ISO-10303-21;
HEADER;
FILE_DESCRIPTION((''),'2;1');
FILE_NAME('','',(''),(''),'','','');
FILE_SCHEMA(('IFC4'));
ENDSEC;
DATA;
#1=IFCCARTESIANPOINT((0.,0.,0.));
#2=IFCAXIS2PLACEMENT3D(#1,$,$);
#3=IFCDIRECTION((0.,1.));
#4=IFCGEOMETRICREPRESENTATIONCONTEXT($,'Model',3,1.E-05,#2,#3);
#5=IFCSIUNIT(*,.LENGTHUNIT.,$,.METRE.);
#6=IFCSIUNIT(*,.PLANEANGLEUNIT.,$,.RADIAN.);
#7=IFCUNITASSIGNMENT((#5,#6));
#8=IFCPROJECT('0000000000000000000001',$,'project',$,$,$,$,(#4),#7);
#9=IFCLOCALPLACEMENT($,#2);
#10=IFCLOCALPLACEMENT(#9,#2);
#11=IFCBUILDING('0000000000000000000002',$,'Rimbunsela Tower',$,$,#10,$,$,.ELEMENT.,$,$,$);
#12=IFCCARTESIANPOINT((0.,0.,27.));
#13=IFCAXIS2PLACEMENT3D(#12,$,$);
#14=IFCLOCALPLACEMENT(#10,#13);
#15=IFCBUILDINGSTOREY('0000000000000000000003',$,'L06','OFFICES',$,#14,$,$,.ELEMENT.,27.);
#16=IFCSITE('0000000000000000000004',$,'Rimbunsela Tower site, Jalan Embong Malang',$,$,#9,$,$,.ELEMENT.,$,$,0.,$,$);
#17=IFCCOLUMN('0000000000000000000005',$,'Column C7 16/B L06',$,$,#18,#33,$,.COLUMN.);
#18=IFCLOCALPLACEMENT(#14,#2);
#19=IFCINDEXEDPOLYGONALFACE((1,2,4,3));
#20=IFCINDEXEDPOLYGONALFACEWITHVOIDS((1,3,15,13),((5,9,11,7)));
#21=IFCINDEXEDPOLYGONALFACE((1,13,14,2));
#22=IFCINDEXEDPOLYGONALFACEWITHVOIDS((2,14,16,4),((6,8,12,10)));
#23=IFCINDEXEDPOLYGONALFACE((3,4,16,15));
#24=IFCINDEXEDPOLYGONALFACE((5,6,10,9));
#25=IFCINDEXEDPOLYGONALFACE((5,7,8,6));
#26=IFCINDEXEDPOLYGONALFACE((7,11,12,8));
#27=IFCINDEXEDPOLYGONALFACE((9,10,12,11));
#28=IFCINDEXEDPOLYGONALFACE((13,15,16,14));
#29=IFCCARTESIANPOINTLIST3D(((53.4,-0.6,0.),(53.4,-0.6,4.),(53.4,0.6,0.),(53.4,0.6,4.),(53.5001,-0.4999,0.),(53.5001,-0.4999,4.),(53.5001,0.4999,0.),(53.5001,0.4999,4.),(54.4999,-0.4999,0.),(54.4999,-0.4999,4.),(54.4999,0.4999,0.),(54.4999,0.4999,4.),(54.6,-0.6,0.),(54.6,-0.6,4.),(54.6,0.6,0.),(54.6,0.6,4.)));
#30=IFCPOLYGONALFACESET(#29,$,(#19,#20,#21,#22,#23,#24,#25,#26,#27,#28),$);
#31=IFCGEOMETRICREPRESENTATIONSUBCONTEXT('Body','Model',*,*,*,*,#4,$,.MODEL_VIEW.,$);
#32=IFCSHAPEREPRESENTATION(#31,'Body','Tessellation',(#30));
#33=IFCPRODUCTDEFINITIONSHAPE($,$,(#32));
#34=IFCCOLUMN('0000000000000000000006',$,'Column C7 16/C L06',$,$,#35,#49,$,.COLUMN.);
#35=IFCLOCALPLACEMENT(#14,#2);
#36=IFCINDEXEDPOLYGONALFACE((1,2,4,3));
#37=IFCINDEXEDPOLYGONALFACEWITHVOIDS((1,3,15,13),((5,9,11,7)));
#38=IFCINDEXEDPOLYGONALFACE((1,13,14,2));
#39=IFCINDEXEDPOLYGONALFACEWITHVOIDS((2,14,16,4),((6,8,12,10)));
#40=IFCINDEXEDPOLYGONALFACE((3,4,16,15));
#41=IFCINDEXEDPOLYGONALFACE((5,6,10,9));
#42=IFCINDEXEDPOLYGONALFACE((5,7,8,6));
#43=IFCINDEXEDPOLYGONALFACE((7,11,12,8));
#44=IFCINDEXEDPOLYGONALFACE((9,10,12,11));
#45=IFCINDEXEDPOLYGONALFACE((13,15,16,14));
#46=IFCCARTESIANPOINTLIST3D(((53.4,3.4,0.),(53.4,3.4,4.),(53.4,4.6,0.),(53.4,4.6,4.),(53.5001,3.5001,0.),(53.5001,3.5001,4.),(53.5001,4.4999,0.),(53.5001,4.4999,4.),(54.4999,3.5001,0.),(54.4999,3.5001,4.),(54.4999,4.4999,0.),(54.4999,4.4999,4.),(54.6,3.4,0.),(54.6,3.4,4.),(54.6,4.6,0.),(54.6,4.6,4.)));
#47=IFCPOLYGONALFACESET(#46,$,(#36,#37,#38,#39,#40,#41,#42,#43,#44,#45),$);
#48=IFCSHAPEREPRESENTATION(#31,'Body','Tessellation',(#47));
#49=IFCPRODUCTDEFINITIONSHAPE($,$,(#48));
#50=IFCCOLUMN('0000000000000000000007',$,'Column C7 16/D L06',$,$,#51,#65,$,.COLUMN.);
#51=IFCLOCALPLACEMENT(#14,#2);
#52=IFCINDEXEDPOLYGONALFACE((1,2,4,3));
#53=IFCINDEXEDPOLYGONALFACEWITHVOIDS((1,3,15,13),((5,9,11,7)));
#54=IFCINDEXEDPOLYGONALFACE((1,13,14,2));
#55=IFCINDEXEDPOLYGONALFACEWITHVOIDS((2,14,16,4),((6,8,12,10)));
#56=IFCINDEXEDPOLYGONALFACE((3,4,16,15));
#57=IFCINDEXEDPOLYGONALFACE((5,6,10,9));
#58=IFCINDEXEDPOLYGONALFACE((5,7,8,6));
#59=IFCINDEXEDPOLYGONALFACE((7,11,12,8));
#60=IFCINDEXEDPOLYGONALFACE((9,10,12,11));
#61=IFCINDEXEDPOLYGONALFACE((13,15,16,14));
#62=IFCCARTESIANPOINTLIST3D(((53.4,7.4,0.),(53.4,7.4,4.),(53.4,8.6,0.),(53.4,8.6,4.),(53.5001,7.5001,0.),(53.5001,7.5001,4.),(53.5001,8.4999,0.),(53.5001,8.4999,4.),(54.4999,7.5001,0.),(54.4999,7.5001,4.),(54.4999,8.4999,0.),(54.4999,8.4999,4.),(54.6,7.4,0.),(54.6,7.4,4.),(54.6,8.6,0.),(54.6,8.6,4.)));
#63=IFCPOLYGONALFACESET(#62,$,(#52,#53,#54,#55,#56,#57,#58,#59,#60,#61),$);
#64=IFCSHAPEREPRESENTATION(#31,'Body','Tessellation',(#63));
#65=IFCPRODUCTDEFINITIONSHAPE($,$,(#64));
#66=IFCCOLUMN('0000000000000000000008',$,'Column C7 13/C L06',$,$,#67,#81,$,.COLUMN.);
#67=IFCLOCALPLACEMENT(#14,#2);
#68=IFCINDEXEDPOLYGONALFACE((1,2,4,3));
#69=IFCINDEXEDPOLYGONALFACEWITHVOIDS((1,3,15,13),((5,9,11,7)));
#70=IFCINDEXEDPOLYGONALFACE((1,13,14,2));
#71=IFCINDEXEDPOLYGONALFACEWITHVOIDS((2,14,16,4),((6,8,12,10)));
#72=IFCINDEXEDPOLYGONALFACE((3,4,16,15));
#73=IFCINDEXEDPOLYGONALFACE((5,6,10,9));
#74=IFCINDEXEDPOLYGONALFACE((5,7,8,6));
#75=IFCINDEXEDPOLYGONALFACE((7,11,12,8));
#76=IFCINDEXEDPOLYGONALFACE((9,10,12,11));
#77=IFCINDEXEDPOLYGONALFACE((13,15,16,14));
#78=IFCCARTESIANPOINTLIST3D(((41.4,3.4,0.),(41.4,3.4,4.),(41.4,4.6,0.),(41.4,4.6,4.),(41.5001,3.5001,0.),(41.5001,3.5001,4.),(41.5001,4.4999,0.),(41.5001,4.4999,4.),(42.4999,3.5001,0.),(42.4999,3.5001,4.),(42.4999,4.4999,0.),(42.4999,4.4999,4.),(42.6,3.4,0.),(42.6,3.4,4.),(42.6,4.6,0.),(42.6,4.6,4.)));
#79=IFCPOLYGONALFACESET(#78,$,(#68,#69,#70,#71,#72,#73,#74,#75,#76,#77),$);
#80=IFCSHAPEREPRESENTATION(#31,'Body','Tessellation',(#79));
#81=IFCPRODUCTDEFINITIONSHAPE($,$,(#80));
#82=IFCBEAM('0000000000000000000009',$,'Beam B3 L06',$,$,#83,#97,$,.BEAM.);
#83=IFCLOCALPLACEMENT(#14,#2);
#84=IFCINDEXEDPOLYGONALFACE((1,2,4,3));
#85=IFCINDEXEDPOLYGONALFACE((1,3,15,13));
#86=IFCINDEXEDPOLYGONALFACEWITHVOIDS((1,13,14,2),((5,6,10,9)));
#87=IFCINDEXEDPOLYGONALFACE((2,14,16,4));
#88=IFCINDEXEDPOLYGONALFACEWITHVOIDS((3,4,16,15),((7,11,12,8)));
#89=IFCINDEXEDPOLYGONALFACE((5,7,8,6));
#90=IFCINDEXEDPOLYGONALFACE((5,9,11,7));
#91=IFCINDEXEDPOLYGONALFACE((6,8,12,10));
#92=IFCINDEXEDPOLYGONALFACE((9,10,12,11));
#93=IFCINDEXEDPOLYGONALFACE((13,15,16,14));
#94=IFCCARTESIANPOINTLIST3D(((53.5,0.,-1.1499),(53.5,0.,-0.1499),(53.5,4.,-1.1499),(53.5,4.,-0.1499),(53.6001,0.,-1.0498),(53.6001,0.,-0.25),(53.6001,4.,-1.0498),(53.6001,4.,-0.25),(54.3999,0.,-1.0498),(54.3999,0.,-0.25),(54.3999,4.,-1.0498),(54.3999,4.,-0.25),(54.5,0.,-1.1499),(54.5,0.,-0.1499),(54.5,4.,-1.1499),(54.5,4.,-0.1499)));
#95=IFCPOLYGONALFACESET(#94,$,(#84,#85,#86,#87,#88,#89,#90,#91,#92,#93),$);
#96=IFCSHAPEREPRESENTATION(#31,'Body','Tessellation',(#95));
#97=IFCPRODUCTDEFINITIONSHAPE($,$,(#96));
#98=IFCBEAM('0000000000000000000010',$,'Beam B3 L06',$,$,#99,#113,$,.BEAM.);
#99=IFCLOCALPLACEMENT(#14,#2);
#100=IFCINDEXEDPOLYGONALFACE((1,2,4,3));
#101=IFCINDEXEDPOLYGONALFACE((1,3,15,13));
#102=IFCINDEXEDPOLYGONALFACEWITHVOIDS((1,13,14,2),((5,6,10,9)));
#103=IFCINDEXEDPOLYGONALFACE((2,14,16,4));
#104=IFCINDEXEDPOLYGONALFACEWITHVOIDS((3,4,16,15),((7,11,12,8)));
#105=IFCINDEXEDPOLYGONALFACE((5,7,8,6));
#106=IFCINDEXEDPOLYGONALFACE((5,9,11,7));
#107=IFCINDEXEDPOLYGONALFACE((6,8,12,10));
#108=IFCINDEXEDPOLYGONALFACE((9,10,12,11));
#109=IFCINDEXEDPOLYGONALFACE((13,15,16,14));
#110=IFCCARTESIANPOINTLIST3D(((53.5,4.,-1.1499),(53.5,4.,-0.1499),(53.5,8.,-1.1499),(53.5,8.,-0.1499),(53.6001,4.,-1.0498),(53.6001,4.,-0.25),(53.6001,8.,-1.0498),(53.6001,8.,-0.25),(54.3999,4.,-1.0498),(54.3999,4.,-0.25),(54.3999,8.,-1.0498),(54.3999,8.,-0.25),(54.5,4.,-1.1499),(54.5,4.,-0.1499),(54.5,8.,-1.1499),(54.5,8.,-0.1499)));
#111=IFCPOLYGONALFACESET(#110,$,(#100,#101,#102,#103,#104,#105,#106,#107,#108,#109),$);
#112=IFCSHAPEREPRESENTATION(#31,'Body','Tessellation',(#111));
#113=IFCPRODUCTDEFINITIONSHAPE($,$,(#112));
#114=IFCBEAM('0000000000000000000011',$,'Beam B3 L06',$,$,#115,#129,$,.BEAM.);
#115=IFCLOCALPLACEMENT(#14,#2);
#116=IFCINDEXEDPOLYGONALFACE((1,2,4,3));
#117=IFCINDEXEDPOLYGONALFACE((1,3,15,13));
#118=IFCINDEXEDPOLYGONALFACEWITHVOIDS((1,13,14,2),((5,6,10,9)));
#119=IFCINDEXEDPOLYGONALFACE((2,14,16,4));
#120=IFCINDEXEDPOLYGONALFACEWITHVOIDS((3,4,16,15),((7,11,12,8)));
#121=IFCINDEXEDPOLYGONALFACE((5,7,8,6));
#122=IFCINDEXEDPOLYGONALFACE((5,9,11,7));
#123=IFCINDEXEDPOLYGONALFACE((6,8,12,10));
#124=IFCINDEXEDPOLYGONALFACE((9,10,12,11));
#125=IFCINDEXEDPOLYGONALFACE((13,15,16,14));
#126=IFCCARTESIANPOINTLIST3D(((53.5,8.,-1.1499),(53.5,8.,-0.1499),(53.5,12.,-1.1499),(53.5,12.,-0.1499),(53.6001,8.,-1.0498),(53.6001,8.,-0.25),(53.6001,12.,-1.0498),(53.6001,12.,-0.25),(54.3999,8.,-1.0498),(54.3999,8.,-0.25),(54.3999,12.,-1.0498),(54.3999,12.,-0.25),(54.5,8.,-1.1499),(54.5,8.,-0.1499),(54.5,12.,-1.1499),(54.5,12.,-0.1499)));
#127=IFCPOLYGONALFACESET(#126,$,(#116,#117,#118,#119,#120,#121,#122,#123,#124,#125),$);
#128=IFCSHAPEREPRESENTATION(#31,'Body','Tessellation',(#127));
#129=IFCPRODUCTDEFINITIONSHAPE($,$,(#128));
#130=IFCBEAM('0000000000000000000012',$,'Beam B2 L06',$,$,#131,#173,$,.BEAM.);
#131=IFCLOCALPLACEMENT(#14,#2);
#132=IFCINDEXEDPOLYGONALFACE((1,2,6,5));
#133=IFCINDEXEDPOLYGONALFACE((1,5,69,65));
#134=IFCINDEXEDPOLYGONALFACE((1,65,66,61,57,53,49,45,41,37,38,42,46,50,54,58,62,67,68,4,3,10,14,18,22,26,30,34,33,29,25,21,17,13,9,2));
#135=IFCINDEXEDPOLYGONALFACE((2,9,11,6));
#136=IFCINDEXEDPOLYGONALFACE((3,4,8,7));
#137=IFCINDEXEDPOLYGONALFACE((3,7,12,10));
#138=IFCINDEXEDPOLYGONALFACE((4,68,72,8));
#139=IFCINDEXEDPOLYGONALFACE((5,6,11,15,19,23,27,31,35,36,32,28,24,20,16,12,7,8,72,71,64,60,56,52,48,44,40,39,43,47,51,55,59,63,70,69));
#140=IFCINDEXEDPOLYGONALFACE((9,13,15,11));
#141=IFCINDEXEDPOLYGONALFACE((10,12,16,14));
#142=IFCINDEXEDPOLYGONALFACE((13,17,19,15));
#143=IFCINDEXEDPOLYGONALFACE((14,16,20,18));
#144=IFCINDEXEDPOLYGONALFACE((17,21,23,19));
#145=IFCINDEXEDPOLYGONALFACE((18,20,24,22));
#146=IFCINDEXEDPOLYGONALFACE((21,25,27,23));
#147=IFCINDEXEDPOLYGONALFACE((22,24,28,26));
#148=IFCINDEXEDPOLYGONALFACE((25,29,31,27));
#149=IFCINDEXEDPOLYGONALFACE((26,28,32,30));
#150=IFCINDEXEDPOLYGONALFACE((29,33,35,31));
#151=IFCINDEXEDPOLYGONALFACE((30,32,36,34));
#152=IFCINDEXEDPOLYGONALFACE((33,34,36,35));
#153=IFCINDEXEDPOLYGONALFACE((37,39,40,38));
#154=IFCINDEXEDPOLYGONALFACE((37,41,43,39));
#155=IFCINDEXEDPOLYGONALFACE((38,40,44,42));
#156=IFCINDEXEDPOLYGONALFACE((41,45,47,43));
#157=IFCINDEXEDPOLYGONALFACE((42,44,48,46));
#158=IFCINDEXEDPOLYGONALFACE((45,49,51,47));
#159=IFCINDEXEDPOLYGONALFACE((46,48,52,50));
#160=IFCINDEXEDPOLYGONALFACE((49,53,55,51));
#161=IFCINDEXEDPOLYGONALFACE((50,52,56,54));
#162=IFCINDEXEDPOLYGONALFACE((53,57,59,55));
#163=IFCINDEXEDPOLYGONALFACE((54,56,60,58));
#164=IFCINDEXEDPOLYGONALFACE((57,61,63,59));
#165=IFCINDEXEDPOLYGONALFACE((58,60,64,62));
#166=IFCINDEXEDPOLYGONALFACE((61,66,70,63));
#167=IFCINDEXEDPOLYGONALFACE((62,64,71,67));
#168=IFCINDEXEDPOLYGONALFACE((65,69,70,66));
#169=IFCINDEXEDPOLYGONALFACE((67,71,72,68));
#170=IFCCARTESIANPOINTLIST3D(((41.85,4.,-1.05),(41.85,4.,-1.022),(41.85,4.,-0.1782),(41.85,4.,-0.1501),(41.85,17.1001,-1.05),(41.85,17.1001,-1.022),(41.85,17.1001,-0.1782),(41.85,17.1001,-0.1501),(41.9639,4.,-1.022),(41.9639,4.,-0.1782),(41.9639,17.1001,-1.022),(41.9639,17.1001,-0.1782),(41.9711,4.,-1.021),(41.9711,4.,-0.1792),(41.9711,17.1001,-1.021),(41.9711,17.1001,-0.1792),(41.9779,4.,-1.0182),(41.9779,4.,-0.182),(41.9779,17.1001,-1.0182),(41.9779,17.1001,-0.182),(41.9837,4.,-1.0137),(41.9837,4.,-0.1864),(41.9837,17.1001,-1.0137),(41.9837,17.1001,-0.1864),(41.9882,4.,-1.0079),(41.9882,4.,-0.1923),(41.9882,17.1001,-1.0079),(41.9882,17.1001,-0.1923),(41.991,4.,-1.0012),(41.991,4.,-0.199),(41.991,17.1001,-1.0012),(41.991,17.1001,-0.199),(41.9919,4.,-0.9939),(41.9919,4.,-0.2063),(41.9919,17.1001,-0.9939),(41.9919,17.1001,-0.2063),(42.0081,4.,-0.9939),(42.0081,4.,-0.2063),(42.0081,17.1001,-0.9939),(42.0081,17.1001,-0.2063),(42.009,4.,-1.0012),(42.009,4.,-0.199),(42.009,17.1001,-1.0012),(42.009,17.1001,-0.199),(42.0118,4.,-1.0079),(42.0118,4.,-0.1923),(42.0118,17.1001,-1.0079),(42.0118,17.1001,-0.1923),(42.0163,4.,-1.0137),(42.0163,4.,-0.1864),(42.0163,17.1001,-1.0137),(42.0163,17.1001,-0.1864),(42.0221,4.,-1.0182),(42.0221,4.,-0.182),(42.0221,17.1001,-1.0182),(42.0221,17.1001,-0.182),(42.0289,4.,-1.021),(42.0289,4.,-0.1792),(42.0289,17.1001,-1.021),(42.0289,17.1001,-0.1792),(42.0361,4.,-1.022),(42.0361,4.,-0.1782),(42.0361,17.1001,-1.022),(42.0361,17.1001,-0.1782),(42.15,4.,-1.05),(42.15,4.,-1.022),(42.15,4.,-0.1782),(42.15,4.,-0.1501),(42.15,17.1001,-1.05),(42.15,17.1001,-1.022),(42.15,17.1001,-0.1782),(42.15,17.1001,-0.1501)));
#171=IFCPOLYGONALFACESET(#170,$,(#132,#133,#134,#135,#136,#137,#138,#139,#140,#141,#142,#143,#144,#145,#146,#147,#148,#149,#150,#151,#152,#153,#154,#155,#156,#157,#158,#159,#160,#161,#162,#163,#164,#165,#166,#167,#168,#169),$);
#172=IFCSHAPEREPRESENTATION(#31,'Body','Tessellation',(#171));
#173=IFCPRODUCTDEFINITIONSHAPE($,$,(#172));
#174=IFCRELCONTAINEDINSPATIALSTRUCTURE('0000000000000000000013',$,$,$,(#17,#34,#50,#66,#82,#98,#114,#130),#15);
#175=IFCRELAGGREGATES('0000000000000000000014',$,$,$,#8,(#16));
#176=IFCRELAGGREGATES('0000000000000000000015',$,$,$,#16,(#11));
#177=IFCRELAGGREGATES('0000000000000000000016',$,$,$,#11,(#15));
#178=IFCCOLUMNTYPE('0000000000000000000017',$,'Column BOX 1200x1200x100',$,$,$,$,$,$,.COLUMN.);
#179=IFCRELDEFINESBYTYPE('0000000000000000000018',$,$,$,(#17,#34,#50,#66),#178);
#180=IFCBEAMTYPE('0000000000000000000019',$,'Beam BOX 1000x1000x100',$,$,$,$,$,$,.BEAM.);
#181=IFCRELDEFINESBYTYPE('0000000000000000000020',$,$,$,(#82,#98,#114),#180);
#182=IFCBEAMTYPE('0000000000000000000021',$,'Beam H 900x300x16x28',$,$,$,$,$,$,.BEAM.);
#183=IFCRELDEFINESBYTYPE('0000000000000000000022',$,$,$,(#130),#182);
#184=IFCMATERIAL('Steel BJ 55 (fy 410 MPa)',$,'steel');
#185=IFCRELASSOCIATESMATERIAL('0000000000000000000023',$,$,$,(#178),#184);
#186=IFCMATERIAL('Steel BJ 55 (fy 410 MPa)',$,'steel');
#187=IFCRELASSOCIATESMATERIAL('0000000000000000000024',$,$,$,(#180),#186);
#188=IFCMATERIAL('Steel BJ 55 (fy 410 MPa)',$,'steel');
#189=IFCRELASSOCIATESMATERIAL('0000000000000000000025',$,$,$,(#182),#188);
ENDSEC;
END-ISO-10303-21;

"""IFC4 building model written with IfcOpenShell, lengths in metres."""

from ifc_helpers import new_model, si_unit, direction, frame, origin, origin_2d, place, context, subcontext, project, spatial, hollow_rectangle, i_section, extrude, material, material_profile, profile_set, type_object, element, save


model = new_model("IFC4")

# Units and contexts
model_context = context("Model", 3, precision=1e-05, world=origin(), true_north=direction((0.0, 1.0)))
body_context = subcontext(model_context, "Body", "Model", "MODEL_VIEW")
ifc_project = project(units=[si_unit("LENGTHUNIT", "METRE"), si_unit("PLANEANGLEUNIT", "RADIAN")], contexts=[model_context])

# Site, building, storey
site_placement = place(None, origin())
site = spatial("IfcSite", under=ifc_project, at=site_placement, Name="Rimbunsela Tower site, Jalan Embong Malang", CompositionType="ELEMENT", RefElevation=0.0)
building_placement = place(site_placement, origin())
building = spatial("IfcBuilding", under=site, at=building_placement, Name="Rimbunsela Tower", CompositionType="ELEMENT")
storey_placement = place(building_placement, frame((0.0, 0.0, 27.0)))
storey = spatial("IfcBuildingStorey", under=building, at=storey_placement, Name="L06", Description="OFFICES", CompositionType="ELEMENT", Elevation=27.0)

# Columns
ifc_material_1 = material(Name="Steel BJ 55 (fy 410 MPa)", Category="steel")
ifc_material_profile_1 = material_profile(ifc_material_1, hollow_rectangle(XDim=1.2, YDim=1.2, WallThickness=0.1001, at=origin_2d()), Name="BOX 1200x1200x100")
ifc_profile_set_1 = profile_set([ifc_material_profile_1], Name="Steel BJ 55 (fy 410 MPa)")
column_type = type_object("IfcColumnType", Name="Column BOX 1200x1200x100", PredefinedType="COLUMN", material=ifc_profile_set_1)
for number, where, z_axis, x_axis, name in (
    (1, (54.0, 0.0, 0.0), (0.0, 0.0, 1.0), (1.0, 0.0, 0.0), "Column C7 16/B L06"),
    (2, (54.0, 4.0, 0.0), (0.0, 0.0, 1.0), (1.0, 0.0, 0.0), "Column C7 16/C L06"),
    (3, (54.0, 8.0, 0.0), (0.0, 0.0, 1.0), (1.0, 0.0, 0.0), "Column C7 16/D L06"),
    (4, (42.0, 4.0, 0.0), (0.0, 0.0, 1.0), (1.0, 0.0, 0.0), "Column C7 13/C L06"),
):
    element("IfcColumn", number, at=place(storey_placement, frame(where, z_axis=z_axis, x_axis=x_axis)), inside=storey, type_object=column_type, Name=name, PredefinedType="COLUMN", context=body_context, shape_type="SweptSolid", body=[
        extrude(hollow_rectangle(XDim=1.2, YDim=1.2, WallThickness=0.1001, at=origin_2d()), origin(), (0.0, 0.0, 1.0), 4.0),
    ])

# Beams
ifc_material_2 = material(Name="Steel BJ 55 (fy 410 MPa)", Category="steel")
ifc_material_profile_2 = material_profile(ifc_material_2, hollow_rectangle(XDim=1.0, YDim=1.0, WallThickness=0.1001, at=origin_2d()), Name="BOX 1000x1000x100")
ifc_profile_set_2 = profile_set([ifc_material_profile_2], Name="Steel BJ 55 (fy 410 MPa)")
beam_type_1 = type_object("IfcBeamType", Name="Beam BOX 1000x1000x100", PredefinedType="BEAM", material=ifc_profile_set_2)
for number, where, z_axis, x_axis, name in (
    (5, (54.0, 0.0, -0.6499), (0.0, 1.0, 0.0), (-1.0, 0.0, 0.0), "Beam B3 L06"),
    (6, (54.0, 4.0, -0.6499), (0.0, 1.0, 0.0), (-1.0, 0.0, 0.0), "Beam B3 L06"),
    (7, (54.0, 8.0, -0.6499), (0.0, 1.0, 0.0), (-1.0, 0.0, 0.0), "Beam B3 L06"),
):
    element("IfcBeam", number, at=place(storey_placement, frame(where, z_axis=z_axis, x_axis=x_axis)), inside=storey, type_object=beam_type_1, Name=name, PredefinedType="BEAM", context=body_context, shape_type="SweptSolid", body=[
        extrude(hollow_rectangle(XDim=1.0, YDim=1.0, WallThickness=0.1001, at=origin_2d()), origin(), (0.0, 0.0, 1.0), 4.0),
    ])
ifc_material_3 = material(Name="Steel BJ 55 (fy 410 MPa)", Category="steel")
ifc_material_profile_3 = material_profile(ifc_material_3, i_section(OverallWidth=0.3, OverallDepth=0.8999, WebThickness=0.0161, FlangeThickness=0.0281, FilletRadius=0.0281, at=origin_2d()), Name="H 900x300x16x28")
ifc_profile_set_3 = profile_set([ifc_material_profile_3], Name="Steel BJ 55 (fy 410 MPa)")
beam_type_2 = type_object("IfcBeamType", Name="Beam H 900x300x16x28", PredefinedType="BEAM", material=ifc_profile_set_3)
beam_placement = place(storey_placement, frame((42.0, 4.0, -0.6001), z_axis=(0.0, 1.0, 0.0), x_axis=(-1.0, 0.0, 0.0)))
element("IfcBeam", 8, at=beam_placement, inside=storey, type_object=beam_type_2, Name="Beam B2 L06", PredefinedType="BEAM", context=body_context, shape_type="SweptSolid", body=[
    extrude(i_section(OverallWidth=0.3, OverallDepth=0.8999, WebThickness=0.0161, FlangeThickness=0.0281, FilletRadius=0.0281, at=origin_2d()), origin(), (0.0, 0.0, 1.0), 13.1001),
])

save(model, "model.ifc")
